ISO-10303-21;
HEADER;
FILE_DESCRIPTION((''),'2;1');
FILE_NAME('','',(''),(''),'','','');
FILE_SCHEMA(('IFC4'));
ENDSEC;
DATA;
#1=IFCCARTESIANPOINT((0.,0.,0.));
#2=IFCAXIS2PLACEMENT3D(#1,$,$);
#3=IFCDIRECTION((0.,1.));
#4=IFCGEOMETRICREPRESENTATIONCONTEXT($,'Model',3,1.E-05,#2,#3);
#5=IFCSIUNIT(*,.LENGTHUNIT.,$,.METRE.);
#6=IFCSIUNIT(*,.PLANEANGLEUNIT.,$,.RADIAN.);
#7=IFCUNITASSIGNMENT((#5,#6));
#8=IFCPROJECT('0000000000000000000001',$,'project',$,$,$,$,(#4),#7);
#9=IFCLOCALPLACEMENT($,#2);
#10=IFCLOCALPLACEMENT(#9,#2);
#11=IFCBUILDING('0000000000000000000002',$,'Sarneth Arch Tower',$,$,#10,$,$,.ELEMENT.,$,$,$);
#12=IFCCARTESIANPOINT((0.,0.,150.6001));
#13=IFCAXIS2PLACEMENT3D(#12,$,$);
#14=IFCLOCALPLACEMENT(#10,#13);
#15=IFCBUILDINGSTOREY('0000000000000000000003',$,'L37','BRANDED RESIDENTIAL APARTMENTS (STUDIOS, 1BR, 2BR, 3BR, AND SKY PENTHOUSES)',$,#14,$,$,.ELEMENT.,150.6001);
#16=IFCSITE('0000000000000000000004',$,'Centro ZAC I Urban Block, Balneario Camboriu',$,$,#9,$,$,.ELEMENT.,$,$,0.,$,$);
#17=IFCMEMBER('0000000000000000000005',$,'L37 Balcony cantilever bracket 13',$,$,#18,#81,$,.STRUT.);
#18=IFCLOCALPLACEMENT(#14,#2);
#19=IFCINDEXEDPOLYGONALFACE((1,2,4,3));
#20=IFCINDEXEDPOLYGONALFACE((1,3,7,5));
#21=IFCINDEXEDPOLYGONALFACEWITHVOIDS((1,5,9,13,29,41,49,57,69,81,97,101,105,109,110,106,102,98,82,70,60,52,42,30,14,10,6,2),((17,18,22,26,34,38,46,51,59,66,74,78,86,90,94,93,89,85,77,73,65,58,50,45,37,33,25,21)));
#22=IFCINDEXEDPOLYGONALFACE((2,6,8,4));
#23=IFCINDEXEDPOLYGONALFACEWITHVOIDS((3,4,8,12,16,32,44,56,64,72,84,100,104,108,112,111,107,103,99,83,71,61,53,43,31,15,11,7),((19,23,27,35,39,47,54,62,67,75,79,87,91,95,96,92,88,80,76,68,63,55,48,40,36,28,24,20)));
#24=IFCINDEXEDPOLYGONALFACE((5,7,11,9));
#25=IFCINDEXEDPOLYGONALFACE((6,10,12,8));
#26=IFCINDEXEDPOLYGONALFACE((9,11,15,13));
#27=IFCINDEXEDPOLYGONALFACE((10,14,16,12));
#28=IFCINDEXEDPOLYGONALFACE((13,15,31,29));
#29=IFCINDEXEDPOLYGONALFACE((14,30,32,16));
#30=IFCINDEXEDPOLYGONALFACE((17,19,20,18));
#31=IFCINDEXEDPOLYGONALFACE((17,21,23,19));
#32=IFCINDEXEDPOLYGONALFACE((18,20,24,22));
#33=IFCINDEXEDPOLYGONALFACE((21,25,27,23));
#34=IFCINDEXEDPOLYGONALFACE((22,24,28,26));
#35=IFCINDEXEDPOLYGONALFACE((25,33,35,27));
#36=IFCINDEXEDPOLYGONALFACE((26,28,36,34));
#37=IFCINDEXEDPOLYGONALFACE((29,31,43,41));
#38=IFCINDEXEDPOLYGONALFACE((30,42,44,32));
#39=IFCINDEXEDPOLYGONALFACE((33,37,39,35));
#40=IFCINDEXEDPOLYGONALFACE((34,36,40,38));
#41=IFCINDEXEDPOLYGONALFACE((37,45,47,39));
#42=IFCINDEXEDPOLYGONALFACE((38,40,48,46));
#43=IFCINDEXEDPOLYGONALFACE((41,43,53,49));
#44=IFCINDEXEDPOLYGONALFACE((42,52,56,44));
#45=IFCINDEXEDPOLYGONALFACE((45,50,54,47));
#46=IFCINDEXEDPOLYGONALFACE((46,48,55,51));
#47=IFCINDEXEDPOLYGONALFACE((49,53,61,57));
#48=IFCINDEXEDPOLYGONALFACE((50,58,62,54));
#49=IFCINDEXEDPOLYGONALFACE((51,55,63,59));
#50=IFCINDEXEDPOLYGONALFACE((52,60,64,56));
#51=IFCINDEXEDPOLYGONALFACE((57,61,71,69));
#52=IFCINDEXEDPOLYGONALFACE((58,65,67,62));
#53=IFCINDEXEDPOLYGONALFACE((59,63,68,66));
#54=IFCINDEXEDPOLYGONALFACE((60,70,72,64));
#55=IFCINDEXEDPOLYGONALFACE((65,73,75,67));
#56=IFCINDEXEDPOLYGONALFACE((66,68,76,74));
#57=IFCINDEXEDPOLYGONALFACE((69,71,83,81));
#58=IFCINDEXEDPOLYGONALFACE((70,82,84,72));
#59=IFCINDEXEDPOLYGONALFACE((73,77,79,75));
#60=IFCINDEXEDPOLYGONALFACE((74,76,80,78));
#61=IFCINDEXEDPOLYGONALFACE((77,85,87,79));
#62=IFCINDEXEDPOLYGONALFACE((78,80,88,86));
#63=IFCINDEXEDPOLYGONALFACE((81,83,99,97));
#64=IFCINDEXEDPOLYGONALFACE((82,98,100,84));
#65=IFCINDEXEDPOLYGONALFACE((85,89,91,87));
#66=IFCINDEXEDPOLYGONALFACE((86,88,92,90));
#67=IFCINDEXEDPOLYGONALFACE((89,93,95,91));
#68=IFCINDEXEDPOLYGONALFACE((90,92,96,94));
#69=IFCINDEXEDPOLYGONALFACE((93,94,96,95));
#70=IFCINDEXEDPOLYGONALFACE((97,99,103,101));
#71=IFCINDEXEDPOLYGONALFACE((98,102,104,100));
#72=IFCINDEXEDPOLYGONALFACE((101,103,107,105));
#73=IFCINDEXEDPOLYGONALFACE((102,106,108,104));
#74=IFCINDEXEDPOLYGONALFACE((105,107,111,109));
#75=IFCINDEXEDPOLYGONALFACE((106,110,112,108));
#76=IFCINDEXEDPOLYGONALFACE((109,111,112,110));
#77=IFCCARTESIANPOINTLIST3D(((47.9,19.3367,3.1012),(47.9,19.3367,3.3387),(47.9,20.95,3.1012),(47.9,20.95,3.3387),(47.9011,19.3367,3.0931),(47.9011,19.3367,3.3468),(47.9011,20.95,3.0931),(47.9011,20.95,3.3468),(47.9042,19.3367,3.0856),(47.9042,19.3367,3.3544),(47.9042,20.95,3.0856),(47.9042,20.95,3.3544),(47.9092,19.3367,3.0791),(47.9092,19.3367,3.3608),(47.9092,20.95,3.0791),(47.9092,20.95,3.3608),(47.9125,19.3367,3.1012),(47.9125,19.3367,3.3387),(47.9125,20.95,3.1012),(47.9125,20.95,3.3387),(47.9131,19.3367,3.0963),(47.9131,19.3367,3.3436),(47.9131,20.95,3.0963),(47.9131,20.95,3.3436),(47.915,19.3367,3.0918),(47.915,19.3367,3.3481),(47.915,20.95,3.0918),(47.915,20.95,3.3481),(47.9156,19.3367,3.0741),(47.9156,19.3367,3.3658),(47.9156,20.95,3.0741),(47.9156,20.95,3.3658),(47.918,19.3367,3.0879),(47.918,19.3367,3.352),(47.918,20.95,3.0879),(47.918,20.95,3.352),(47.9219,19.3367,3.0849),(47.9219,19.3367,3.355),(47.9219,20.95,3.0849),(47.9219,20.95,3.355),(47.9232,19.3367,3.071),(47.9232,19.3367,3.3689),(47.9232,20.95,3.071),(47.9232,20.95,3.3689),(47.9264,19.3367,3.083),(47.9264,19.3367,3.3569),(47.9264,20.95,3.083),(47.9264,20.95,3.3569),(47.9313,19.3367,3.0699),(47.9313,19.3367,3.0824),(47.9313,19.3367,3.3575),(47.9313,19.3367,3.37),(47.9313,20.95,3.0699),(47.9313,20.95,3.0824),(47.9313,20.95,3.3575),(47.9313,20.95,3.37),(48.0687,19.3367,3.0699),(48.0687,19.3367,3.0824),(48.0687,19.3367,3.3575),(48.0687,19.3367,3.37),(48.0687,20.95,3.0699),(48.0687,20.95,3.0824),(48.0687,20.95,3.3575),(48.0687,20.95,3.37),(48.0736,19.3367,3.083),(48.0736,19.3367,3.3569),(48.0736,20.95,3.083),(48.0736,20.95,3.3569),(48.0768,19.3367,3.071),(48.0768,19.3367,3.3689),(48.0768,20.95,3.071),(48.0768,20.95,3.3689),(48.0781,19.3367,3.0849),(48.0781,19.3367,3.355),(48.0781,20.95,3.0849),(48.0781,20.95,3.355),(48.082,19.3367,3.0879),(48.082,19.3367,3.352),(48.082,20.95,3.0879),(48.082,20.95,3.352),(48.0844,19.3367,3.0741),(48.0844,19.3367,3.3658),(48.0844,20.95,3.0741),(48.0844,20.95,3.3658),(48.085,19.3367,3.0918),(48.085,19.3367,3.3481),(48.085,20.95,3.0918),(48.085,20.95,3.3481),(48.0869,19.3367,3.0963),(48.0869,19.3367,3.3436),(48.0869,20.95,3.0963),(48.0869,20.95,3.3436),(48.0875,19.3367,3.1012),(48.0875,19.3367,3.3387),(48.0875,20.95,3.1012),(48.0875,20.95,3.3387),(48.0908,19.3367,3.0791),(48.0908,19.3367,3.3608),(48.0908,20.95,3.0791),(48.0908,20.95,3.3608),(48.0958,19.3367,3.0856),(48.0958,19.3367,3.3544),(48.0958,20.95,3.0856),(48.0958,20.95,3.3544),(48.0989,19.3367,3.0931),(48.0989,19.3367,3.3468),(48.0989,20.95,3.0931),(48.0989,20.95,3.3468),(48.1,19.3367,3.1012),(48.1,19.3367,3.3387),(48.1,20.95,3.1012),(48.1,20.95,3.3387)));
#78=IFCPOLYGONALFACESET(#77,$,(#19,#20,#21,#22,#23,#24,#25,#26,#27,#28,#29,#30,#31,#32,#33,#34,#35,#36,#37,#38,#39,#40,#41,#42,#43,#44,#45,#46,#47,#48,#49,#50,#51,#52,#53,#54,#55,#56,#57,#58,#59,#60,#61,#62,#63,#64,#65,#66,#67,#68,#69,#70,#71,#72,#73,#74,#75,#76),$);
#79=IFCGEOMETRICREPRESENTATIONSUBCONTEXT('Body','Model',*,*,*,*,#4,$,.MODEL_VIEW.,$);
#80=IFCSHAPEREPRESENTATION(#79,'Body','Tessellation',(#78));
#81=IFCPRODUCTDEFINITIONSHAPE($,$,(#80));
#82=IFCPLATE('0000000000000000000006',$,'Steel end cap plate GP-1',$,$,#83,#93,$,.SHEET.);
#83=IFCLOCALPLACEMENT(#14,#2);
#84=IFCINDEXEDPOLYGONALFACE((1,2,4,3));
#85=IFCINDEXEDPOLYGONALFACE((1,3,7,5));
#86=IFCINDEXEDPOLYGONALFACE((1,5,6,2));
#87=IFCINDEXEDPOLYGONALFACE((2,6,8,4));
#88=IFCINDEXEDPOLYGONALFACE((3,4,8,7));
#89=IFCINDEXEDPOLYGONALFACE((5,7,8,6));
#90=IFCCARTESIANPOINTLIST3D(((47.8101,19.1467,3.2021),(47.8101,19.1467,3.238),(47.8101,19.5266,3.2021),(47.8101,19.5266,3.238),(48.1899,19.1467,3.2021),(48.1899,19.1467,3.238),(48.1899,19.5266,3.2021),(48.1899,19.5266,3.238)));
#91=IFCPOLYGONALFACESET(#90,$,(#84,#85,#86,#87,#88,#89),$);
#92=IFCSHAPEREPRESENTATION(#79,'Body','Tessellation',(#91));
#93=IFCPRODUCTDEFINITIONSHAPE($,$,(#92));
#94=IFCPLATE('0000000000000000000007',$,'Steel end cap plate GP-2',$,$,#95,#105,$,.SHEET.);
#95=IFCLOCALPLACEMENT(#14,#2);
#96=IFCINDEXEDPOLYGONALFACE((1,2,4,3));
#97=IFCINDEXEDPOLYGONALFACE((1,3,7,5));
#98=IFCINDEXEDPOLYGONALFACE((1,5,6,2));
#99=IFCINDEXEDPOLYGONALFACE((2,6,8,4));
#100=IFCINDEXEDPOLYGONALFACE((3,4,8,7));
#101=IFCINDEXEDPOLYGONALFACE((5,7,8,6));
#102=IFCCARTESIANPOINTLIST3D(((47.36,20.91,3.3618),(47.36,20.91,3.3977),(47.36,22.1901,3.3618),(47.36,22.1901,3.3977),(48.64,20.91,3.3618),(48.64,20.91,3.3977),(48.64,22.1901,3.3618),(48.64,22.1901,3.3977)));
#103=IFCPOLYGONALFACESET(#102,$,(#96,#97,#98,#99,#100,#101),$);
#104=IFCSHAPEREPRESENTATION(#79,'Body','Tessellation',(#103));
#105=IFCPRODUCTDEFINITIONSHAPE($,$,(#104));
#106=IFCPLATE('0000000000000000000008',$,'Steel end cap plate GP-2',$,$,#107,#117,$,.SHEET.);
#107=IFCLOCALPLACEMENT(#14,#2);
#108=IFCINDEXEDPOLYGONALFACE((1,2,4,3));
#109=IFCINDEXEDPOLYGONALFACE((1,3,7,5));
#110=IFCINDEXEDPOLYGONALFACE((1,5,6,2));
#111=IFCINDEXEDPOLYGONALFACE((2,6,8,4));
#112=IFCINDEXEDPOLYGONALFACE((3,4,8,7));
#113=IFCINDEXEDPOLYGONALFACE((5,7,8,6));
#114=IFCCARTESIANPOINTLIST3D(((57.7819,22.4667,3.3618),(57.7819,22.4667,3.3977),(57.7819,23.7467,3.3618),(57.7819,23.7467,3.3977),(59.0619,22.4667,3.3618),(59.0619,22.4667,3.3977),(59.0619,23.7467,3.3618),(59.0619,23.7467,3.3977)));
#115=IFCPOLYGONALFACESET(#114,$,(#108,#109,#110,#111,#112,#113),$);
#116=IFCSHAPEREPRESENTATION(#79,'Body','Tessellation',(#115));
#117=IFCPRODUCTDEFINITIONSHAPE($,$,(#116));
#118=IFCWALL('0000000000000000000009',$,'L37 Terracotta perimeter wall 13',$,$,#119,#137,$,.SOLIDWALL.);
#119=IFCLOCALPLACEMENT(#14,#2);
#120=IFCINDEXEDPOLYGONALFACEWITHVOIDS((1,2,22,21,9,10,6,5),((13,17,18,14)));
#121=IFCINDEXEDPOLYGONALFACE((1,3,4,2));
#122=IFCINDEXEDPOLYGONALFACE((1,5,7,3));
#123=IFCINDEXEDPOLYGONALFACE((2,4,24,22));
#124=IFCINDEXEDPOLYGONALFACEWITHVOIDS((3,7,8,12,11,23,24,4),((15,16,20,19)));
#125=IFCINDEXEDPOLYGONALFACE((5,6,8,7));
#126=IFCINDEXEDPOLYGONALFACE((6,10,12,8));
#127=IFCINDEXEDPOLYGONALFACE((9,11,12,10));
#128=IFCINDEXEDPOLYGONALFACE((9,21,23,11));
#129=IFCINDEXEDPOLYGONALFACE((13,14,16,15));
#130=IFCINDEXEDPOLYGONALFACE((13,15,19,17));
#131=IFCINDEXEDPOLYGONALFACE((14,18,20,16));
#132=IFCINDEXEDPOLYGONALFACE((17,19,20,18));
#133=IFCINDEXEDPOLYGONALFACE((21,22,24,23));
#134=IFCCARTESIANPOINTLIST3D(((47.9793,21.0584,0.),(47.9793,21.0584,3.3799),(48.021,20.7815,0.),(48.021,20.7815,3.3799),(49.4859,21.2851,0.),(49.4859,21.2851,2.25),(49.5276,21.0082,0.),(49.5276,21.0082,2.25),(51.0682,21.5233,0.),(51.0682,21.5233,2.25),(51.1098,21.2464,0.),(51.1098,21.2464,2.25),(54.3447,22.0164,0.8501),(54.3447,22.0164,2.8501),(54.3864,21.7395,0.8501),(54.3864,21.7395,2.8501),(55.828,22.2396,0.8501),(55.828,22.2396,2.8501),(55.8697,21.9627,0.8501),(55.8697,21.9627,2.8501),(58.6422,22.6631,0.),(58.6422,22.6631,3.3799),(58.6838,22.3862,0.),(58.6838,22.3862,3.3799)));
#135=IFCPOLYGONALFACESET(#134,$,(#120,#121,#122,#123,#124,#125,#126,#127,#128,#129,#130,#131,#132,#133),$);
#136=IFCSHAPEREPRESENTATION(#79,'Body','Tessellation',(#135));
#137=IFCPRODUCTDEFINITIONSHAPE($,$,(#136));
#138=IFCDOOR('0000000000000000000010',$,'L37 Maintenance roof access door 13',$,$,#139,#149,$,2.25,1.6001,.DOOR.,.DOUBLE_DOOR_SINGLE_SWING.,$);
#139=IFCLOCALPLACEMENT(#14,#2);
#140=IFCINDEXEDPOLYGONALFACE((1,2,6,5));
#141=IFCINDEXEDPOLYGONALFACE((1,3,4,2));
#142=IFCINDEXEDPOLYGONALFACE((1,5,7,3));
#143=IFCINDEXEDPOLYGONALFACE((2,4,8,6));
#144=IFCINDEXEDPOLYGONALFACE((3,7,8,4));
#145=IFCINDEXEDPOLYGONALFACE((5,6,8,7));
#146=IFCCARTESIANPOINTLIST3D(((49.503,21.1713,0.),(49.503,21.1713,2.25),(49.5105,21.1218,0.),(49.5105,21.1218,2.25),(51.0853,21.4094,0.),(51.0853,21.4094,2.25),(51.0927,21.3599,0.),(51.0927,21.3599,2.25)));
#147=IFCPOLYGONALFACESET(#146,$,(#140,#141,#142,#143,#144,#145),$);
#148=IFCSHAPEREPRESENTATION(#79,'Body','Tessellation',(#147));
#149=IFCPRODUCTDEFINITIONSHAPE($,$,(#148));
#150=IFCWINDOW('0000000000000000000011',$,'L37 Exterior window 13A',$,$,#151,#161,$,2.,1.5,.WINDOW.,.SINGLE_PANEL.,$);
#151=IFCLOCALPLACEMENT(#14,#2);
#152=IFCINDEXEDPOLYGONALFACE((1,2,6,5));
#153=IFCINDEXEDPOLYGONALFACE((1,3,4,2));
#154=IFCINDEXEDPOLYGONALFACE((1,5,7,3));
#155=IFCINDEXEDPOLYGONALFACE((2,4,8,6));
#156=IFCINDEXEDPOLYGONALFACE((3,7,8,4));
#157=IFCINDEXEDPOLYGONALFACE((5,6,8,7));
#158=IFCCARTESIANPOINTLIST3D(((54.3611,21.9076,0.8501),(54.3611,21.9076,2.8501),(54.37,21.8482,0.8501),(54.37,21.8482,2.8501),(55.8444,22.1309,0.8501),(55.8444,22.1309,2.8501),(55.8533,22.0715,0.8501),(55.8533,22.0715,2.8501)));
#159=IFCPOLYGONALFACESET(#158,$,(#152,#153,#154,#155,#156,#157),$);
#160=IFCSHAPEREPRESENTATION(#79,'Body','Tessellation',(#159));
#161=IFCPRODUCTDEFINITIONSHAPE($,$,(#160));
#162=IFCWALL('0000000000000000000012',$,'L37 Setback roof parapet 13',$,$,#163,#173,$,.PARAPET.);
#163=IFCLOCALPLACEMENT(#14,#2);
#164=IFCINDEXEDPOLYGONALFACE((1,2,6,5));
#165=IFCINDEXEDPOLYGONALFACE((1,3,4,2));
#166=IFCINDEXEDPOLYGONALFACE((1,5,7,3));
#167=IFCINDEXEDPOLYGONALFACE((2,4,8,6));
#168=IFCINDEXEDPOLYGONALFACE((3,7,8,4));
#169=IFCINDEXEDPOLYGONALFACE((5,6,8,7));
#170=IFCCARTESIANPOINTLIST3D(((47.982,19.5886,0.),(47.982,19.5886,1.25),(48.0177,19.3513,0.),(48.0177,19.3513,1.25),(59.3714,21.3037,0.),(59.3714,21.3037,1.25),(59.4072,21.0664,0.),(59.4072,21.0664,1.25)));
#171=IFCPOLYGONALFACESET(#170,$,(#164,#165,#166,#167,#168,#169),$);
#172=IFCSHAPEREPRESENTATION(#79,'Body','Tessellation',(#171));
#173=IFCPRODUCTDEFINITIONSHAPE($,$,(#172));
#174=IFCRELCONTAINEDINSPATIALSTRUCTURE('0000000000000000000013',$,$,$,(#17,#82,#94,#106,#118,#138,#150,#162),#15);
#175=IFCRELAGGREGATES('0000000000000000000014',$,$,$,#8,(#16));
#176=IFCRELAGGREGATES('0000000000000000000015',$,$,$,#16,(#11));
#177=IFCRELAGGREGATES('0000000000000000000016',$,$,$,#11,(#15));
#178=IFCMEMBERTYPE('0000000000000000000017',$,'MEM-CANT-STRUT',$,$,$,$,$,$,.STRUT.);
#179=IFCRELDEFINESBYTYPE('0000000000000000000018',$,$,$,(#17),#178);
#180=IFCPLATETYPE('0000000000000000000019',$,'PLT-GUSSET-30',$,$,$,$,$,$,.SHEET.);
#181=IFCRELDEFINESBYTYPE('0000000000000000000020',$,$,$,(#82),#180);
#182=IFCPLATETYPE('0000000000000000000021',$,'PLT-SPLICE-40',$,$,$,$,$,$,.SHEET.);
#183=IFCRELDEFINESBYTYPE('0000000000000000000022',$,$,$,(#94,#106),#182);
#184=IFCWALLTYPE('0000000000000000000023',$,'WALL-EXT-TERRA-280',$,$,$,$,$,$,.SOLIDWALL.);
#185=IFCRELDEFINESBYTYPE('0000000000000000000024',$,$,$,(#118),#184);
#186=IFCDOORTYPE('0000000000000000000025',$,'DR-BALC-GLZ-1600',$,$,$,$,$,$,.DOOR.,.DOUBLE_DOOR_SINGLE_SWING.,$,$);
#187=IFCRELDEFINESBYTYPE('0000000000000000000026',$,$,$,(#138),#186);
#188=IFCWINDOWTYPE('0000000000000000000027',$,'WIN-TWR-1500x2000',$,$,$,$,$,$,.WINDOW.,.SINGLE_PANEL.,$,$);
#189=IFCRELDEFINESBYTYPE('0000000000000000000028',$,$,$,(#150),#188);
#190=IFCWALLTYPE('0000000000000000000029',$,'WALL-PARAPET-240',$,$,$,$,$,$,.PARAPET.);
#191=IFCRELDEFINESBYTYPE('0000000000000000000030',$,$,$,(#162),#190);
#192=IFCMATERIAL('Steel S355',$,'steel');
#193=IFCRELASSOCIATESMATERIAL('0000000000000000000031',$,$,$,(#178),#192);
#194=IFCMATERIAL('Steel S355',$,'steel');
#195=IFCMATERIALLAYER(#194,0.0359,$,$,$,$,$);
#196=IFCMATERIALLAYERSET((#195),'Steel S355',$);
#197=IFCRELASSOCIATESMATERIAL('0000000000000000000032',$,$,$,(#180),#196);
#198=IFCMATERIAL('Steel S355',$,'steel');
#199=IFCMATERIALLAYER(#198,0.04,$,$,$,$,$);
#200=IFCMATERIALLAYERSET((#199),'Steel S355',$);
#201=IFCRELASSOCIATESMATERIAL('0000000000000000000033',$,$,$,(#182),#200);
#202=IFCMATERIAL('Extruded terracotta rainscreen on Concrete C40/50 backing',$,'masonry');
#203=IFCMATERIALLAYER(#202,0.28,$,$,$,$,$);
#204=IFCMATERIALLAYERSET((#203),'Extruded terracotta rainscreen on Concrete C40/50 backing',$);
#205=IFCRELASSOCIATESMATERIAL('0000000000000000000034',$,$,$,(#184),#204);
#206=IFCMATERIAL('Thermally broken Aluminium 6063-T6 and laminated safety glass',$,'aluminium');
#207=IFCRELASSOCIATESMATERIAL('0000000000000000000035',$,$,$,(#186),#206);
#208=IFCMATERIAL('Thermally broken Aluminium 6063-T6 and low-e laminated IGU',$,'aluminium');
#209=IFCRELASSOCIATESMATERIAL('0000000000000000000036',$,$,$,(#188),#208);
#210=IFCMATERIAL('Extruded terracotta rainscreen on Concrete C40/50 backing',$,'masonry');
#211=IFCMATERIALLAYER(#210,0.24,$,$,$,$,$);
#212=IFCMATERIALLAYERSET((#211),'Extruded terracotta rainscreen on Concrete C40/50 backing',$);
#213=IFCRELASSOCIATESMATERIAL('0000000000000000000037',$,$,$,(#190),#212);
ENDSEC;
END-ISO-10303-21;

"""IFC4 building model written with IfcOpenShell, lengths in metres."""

from ifc_helpers import new_model, si_unit, direction, frame, frame_2d, origin, origin_2d, place, context, subcontext, project, spatial, rectangle, hollow_rectangle, extrude, material, layer, layer_set, material_profile, profile_set, type_object, element, fill, save


model = new_model("IFC4")

# Units and contexts
model_context = context("Model", 3, precision=1e-05, world=origin(), true_north=direction((0.0, 1.0)))
body_context = subcontext(model_context, "Body", "Model", "MODEL_VIEW")
ifc_project = project(units=[si_unit("LENGTHUNIT", "METRE"), si_unit("PLANEANGLEUNIT", "RADIAN")], contexts=[model_context])

# Site, building, storey
site_placement = place(None, origin())
site = spatial("IfcSite", under=ifc_project, at=site_placement, Name="Centro ZAC I Urban Block, Balneario Camboriu", CompositionType="ELEMENT", RefElevation=0.0)
building_placement = place(site_placement, origin())
building = spatial("IfcBuilding", under=site, at=building_placement, Name="Sarneth Arch Tower", CompositionType="ELEMENT")
storey_placement = place(building_placement, frame((0.0, 0.0, 150.6001)))
storey = spatial("IfcBuildingStorey", under=building, at=storey_placement, Name="L37", Description="BRANDED RESIDENTIAL APARTMENTS (STUDIOS, 1BR, 2BR, 3BR, AND SKY PENTHOUSES)", CompositionType="ELEMENT", Elevation=150.6001)

# Member
ifc_material_1 = material(Name="Steel S355", Category="steel")
ifc_material_profile_1 = material_profile(ifc_material_1, hollow_rectangle(XDim=0.2, YDim=0.3, WallThickness=0.0125, InnerFilletRadius=0.0188, OuterFilletRadius=0.0312, at=origin_2d()), Name="RHS300x200x12.5")
ifc_profile_set_1 = profile_set([ifc_material_profile_1], Name="Steel S355")
member_type_1 = type_object("IfcMemberType", Name="MEM-CANT-STRUT", PredefinedType="STRUT", material=ifc_profile_set_1)
member_1_placement = place(storey_placement, frame((48.0, 20.95, 3.22), z_axis=(0.0, -1.0, 0.0), x_axis=(1.0, 0.0, 0.0)))
element("IfcMember", 1, at=member_1_placement, inside=storey, type_object=member_type_1, Name="L37 Balcony cantilever bracket 13", PredefinedType="STRUT", context=body_context, shape_type="SweptSolid", body=[
    extrude(hollow_rectangle(XDim=0.2, YDim=0.3, WallThickness=0.0125, InnerFilletRadius=0.0188, OuterFilletRadius=0.0312, at=origin_2d()), origin(), (0.0, 0.0, 1.0), 1.6133),
])

# Plates
ifc_material_2 = material(Name="Steel S355", Category="steel")
ifc_layer_1 = layer(ifc_material_2, 0.0359)
ifc_layer_set_1 = layer_set([ifc_layer_1], Name="Steel S355")
plate_type_1 = type_object("IfcPlateType", Name="PLT-GUSSET-30", PredefinedType="SHEET", material=ifc_layer_set_1)
plate_placement = place(storey_placement, frame((48.0, 19.3367, 3.2021), z_axis=(0.0, 0.0, 1.0), x_axis=(0.0, -1.0, 0.0)))
element("IfcPlate", 2, at=plate_placement, inside=storey, type_object=plate_type_1, Name="Steel end cap plate GP-1", PredefinedType="SHEET", context=body_context, shape_type="SweptSolid", body=[
    extrude(rectangle(XDim=0.3799, YDim=0.3799, at=origin_2d()), origin(), (0.0, 0.0, 1.0), 0.0359),
])
ifc_material_3 = material(Name="Steel S355", Category="steel")
ifc_layer_2 = layer(ifc_material_3, 0.04)
ifc_layer_set_2 = layer_set([ifc_layer_2], Name="Steel S355")
plate_type_2 = type_object("IfcPlateType", Name="PLT-SPLICE-40", PredefinedType="SHEET", material=ifc_layer_set_2)
for number, where, z_axis, x_axis, name in (
    (3, (48.0, 21.55, 3.3618), (0.0, 0.0, 1.0), (1.0, 0.0, 0.0), "Steel end cap plate GP-2"),
    (4, (58.4219, 23.1067, 3.3618), (0.0, 0.0, 1.0), (1.0, 0.0, 0.0), "Steel end cap plate GP-2"),
):
    element("IfcPlate", number, at=place(storey_placement, frame(where, z_axis=z_axis, x_axis=x_axis)), inside=storey, type_object=plate_type_2, Name=name, PredefinedType="SHEET", context=body_context, shape_type="SweptSolid", body=[
        extrude(rectangle(XDim=1.28, YDim=1.28, at=origin_2d()), origin(), (0.0, 0.0, 1.0), 0.0359),
    ])

# Wall, openings, door, window
ifc_material_4 = material(Name="Extruded terracotta rainscreen on Concrete C40/50 backing", Category="masonry")
ifc_layer_3 = layer(ifc_material_4, 0.28)
ifc_layer_set_3 = layer_set([ifc_layer_3], Name="Extruded terracotta rainscreen on Concrete C40/50 backing")
wall_type_1 = type_object("IfcWallType", Name="WALL-EXT-TERRA-280", PredefinedType="SOLIDWALL", material=ifc_layer_set_3)
wall_1_placement = place(storey_placement, frame((48.0, 20.9199, 0.0), z_axis=(0.0, 0.0, 1.0), x_axis=(0.988864, 0.148822, 0.0)))
wall_1 = element("IfcWall", 5, at=wall_1_placement, inside=storey, type_object=wall_type_1, Name="L37 Terracotta perimeter wall 13", PredefinedType="SOLIDWALL", context=body_context, shape_type="SweptSolid", body=[
    extrude(rectangle(XDim=10.783, YDim=0.28, at=frame_2d((5.3916, 0.0))), origin(), (0.0, 0.0, 1.0), 3.3799),
])
opening_1_placement = place(wall_1_placement, frame((1.5237, 0.0, 0.0)))
opening_1 = element("IfcOpeningElement", 6, at=opening_1_placement, cuts=wall_1, PredefinedType="OPENING", context=body_context, shape_type="SweptSolid", body=[
    extrude(rectangle(XDim=1.6001, YDim=2.25, at=frame_2d((0.8, 1.125))), frame((0.0, 0.1499, 0.0), z_axis=(0.0, -1.0, 0.0), x_axis=(1.0, 0.0, 0.0)), (0.0, 0.0, 1.0), 0.3),
])
opening_2_placement = place(wall_1_placement, frame((6.4373, 0.0, 0.8501)))
opening_2 = element("IfcOpeningElement", 7, at=opening_2_placement, cuts=wall_1, PredefinedType="OPENING", context=body_context, shape_type="SweptSolid", body=[
    extrude(rectangle(XDim=1.5, YDim=2.0, at=frame_2d((0.75, 1.0))), frame((0.0, 0.1499, 0.0), z_axis=(0.0, -1.0, 0.0), x_axis=(1.0, 0.0, 0.0)), (0.0, 0.0, 1.0), 0.3),
])
ifc_material_5 = material(Name="Thermally broken Aluminium 6063-T6 and laminated safety glass", Category="aluminium")
door_type_1 = type_object("IfcDoorType", Name="DR-BALC-GLZ-1600", OperationType="DOUBLE_DOOR_SINGLE_SWING", PredefinedType="DOOR", material=ifc_material_5)
door_1_placement = place(opening_1_placement, origin())
door_1 = element("IfcDoor", 8, at=door_1_placement, inside=storey, type_object=door_type_1, Name="L37 Maintenance roof access door 13", OperationType="DOUBLE_DOOR_SINGLE_SWING", OverallHeight=2.25, OverallWidth=1.6001, PredefinedType="DOOR", context=body_context, shape_type="SweptSolid", body=[
    extrude(rectangle(XDim=1.6001, YDim=2.25, at=frame_2d((0.8, 1.125))), frame((0.0, 0.0249, 0.0), z_axis=(0.0, -1.0, 0.0), x_axis=(1.0, 0.0, 0.0)), (0.0, 0.0, 1.0), 0.05),
])
fill(opening_1, door_1)
ifc_material_6 = material(Name="Thermally broken Aluminium 6063-T6 and low-e laminated IGU", Category="aluminium")
window_type = type_object("IfcWindowType", Name="WIN-TWR-1500x2000", PartitioningType="SINGLE_PANEL", PredefinedType="WINDOW", material=ifc_material_6)
window_placement = place(opening_2_placement, origin())
window = element("IfcWindow", 9, at=window_placement, inside=storey, type_object=window_type, Name="L37 Exterior window 13A", OverallHeight=2.0, OverallWidth=1.5, PartitioningType="SINGLE_PANEL", PredefinedType="WINDOW", context=body_context, shape_type="SweptSolid", body=[
    extrude(rectangle(XDim=1.5, YDim=2.0, at=frame_2d((0.75, 1.0))), frame((0.0, 0.03, 0.0), z_axis=(0.0, -1.0, 0.0), x_axis=(1.0, 0.0, 0.0)), (0.0, 0.0, 1.0), 0.0601),
])
fill(opening_2, window)

# Wall
ifc_material_7 = material(Name="Extruded terracotta rainscreen on Concrete C40/50 backing", Category="masonry")
ifc_layer_4 = layer(ifc_material_7, 0.24)
ifc_layer_set_4 = layer_set([ifc_layer_4], Name="Extruded terracotta rainscreen on Concrete C40/50 backing")
wall_type_2 = type_object("IfcWallType", Name="WALL-PARAPET-240", PredefinedType="PARAPET", material=ifc_layer_set_4)
wall_2_placement = place(storey_placement, frame((48.0, 19.47, 0.0), z_axis=(0.0, 0.0, 1.0), x_axis=(0.988851, 0.148907, 0.0)))
element("IfcWall", 10, at=wall_2_placement, inside=storey, type_object=wall_type_2, Name="L37 Setback roof parapet 13", PredefinedType="PARAPET", context=body_context, shape_type="SweptSolid", body=[
    extrude(rectangle(XDim=11.5178, YDim=0.24, at=frame_2d((5.7588, 0.0))), origin(), (0.0, 0.0, 1.0), 1.25),
])

save(model, "model.ifc")
